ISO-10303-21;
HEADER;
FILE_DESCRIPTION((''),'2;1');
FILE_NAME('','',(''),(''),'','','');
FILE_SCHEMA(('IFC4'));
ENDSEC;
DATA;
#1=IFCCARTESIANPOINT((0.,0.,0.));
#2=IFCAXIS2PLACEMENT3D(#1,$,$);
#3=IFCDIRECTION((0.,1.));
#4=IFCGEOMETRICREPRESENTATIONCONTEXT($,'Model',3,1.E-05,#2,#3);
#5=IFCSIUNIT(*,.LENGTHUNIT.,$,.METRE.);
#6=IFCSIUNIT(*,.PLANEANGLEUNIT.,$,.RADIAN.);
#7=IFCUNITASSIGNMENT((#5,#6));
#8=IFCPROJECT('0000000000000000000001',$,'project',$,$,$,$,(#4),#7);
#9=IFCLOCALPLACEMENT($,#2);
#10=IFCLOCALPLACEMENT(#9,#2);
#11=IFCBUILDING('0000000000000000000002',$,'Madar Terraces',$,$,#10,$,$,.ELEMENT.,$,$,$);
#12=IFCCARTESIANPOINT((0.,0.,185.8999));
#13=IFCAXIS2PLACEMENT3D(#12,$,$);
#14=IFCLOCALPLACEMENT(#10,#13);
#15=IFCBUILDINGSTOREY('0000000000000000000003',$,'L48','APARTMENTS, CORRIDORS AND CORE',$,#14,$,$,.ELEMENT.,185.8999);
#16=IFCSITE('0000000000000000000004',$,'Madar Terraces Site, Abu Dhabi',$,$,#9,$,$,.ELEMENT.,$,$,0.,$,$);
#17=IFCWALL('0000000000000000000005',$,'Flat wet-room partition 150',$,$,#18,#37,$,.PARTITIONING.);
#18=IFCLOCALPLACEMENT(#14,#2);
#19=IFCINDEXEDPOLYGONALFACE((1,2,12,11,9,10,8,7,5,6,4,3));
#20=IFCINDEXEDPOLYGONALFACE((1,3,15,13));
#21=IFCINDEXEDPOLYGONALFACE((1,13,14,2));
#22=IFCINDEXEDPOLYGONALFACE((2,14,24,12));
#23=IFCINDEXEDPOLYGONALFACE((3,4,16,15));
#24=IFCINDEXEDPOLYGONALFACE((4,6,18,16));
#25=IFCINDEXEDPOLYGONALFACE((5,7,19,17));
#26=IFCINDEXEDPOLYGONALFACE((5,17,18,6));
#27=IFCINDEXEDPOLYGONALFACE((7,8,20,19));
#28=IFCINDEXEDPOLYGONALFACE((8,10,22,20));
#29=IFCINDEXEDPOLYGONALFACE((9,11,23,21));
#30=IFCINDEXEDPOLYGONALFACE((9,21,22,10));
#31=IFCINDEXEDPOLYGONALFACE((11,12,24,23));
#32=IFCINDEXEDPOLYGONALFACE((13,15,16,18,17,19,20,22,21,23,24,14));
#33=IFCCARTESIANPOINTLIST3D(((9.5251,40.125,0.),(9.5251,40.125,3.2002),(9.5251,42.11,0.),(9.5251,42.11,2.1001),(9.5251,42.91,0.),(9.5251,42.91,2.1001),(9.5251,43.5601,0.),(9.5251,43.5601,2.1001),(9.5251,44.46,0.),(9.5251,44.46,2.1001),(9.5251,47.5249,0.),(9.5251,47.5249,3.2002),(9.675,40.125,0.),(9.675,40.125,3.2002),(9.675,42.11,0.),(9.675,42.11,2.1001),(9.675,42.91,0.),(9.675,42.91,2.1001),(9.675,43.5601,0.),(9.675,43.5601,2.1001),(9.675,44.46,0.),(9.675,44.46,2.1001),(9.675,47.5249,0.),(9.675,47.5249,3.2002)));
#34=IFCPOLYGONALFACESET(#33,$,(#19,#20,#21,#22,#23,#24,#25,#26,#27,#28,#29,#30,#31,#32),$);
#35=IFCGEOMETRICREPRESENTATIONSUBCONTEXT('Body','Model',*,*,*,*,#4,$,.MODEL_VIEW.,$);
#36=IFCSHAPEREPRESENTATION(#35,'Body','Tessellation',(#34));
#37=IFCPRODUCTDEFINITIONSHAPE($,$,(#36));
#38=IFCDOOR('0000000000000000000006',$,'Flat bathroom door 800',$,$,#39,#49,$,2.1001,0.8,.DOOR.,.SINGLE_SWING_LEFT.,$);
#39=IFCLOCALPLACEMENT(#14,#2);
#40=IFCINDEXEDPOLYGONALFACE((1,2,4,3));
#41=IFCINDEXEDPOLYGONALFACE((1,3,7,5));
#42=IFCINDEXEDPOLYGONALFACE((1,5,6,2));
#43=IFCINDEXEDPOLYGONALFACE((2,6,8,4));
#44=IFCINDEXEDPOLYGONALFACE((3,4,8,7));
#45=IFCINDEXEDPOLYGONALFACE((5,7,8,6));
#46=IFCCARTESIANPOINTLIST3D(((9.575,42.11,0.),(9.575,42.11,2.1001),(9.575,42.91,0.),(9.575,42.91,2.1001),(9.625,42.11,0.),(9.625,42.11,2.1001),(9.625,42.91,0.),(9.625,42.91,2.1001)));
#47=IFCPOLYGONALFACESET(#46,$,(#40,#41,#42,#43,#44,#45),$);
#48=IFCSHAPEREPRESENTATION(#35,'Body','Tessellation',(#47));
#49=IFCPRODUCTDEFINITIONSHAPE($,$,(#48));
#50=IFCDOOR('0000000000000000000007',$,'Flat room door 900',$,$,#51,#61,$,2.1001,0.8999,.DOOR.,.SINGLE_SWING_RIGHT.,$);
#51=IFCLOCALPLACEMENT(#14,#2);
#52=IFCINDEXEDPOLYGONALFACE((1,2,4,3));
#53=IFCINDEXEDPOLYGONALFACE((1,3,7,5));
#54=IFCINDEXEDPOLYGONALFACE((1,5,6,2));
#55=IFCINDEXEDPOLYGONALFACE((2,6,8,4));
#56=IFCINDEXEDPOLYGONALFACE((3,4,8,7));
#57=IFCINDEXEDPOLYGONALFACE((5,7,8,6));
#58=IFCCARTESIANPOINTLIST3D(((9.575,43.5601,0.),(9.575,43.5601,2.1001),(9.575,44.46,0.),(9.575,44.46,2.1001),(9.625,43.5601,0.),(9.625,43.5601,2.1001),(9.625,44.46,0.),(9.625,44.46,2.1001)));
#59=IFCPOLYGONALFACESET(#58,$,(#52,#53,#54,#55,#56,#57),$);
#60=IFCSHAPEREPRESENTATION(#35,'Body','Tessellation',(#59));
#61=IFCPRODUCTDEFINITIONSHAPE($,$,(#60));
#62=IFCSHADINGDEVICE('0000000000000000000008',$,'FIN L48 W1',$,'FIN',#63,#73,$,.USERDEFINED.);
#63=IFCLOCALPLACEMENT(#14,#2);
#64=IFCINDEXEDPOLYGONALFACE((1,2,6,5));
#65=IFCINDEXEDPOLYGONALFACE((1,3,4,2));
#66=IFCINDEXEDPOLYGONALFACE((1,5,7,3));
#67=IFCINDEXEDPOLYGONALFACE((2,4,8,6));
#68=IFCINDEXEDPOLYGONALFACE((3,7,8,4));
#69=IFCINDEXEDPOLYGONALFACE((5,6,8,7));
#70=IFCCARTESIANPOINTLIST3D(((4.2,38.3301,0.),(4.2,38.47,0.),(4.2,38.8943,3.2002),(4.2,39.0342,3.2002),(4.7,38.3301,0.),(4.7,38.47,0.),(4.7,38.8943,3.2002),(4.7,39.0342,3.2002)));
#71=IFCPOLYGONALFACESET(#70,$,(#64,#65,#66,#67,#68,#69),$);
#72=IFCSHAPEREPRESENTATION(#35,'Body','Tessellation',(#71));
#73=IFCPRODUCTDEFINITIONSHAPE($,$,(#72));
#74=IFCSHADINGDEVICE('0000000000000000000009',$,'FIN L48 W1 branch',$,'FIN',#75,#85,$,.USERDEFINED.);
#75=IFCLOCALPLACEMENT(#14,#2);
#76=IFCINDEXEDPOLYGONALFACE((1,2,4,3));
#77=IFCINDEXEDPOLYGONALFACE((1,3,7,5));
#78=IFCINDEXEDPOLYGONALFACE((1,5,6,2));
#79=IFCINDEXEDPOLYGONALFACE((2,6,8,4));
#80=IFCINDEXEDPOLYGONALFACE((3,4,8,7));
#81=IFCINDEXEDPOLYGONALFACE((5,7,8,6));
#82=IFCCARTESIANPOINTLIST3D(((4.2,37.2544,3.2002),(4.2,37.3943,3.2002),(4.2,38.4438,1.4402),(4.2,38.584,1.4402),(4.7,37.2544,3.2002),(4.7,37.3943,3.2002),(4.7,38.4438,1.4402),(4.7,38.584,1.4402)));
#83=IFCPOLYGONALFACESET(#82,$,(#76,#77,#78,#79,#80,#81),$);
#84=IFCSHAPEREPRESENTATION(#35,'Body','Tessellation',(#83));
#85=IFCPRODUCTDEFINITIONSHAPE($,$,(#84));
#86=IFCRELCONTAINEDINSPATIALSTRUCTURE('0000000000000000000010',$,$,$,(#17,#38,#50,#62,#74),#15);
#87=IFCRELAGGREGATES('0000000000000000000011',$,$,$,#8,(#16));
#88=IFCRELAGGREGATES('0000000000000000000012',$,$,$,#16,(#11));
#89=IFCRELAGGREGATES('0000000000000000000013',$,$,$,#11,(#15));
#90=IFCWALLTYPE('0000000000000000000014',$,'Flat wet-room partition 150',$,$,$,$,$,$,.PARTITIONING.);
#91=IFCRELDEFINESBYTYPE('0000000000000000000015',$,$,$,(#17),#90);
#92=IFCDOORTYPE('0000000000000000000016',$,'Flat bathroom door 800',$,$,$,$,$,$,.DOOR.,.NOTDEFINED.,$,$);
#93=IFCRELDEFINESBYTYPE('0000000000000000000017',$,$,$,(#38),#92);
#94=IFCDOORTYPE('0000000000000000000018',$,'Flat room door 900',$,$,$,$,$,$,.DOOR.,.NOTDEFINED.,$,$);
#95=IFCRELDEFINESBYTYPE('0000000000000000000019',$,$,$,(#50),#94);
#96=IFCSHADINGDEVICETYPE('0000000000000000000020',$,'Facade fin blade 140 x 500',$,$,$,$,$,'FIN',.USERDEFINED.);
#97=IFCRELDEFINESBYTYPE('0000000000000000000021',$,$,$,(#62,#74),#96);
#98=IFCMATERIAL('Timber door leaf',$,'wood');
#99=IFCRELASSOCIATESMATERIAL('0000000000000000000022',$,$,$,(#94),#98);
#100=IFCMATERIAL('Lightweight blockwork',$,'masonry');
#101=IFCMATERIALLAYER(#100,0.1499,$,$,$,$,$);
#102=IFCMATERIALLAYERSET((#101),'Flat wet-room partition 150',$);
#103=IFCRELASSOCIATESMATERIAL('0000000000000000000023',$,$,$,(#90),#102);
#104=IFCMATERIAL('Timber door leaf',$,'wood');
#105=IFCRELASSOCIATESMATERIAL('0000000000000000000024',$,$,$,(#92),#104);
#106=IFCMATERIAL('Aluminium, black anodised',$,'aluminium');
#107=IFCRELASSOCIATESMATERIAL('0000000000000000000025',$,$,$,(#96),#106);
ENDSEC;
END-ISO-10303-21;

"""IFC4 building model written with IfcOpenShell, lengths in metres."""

from ifc_helpers import new_model, si_unit, direction, frame, frame_2d, origin, place, context, subcontext, project, spatial, polyline, rectangle, outline, extrude, material, layer, layer_set, type_object, element, fill, save


model = new_model("IFC4")

# Units and contexts
model_context = context("Model", 3, precision=1e-05, world=origin(), true_north=direction((0.0, 1.0)))
body_context = subcontext(model_context, "Body", "Model", "MODEL_VIEW")
ifc_project = project(units=[si_unit("LENGTHUNIT", "METRE"), si_unit("PLANEANGLEUNIT", "RADIAN")], contexts=[model_context])

# Site, building, storey
site_placement = place(None, origin())
site = spatial("IfcSite", under=ifc_project, at=site_placement, Name="Madar Terraces Site, Abu Dhabi", CompositionType="ELEMENT", RefElevation=0.0)
building_placement = place(site_placement, origin())
building = spatial("IfcBuilding", under=site, at=building_placement, Name="Madar Terraces", CompositionType="ELEMENT")
storey_placement = place(building_placement, frame((0.0, 0.0, 185.8999)))
storey = spatial("IfcBuildingStorey", under=building, at=storey_placement, Name="L48", Description="APARTMENTS, CORRIDORS AND CORE", CompositionType="ELEMENT", Elevation=185.8999)

# Shared definitions
ifc_material_1 = material(Name="Timber door leaf", Category="wood")
door_type_1 = type_object("IfcDoorType", Name="Flat room door 900", OperationType="NOTDEFINED", PredefinedType="DOOR", material=ifc_material_1)

# Shared definitions
ifc_material_2 = material(Name="Lightweight blockwork", Category="masonry")
ifc_layer_1 = layer(ifc_material_2, 0.1499)
ifc_layer_set_1 = layer_set([ifc_layer_1], Name="Flat wet-room partition 150")
wall_type_1 = type_object("IfcWallType", Name="Flat wet-room partition 150", PredefinedType="PARTITIONING", material=ifc_layer_set_1)

# Wall, openings, doors
wall_1_placement = place(storey_placement, frame((9.6001, 47.5249, 0.0), z_axis=(0.0, 0.0, 1.0), x_axis=(0.0, -1.0, 0.0)))
wall_1 = element("IfcWall", 1, at=wall_1_placement, inside=storey, type_object=wall_type_1, Name="Flat wet-room partition 150", PredefinedType="PARTITIONING", context=body_context, shape_type="SweptSolid", body=[
    extrude(rectangle(XDim=7.3999, YDim=0.1499, at=frame_2d((3.7, 0.0))), origin(), (0.0, 0.0, 1.0), 3.2002),
])
opening_1_placement = place(wall_1_placement, frame((4.615, 0.0, 0.0)))
opening_1 = element("IfcOpeningElement", 2, at=opening_1_placement, cuts=wall_1, PredefinedType="OPENING", context=body_context, shape_type="SweptSolid", body=[
    extrude(rectangle(XDim=0.8, YDim=2.1001, at=frame_2d((0.3999, 1.05))), frame((0.0, 0.085, 0.0), z_axis=(0.0, -1.0, 0.0), x_axis=(1.0, 0.0, 0.0)), (0.0, 0.0, 1.0), 0.1699),
])
opening_2_placement = place(wall_1_placement, frame((3.0649, 0.0, 0.0)))
opening_2 = element("IfcOpeningElement", 3, at=opening_2_placement, cuts=wall_1, PredefinedType="OPENING", context=body_context, shape_type="SweptSolid", body=[
    extrude(rectangle(XDim=0.8999, YDim=2.1001, at=frame_2d((0.45, 1.05))), frame((0.0, 0.085, 0.0), z_axis=(0.0, -1.0, 0.0), x_axis=(1.0, 0.0, 0.0)), (0.0, 0.0, 1.0), 0.1699),
])
ifc_material_3 = material(Name="Timber door leaf", Category="wood")
door_type_2 = type_object("IfcDoorType", Name="Flat bathroom door 800", OperationType="NOTDEFINED", PredefinedType="DOOR", material=ifc_material_3)
door_1_placement = place(opening_1_placement, origin())
door_1 = element("IfcDoor", 4, at=door_1_placement, inside=storey, type_object=door_type_2, Name="Flat bathroom door 800", OperationType="SINGLE_SWING_LEFT", OverallHeight=2.1001, OverallWidth=0.8, PredefinedType="DOOR", context=body_context, shape_type="SweptSolid", body=[
    extrude(rectangle(XDim=0.8, YDim=2.1001, at=frame_2d((0.3999, 1.05))), frame((0.0, 0.0249, 0.0), z_axis=(0.0, -1.0, 0.0), x_axis=(1.0, 0.0, 0.0)), (0.0, 0.0, 1.0), 0.05),
])
fill(opening_1, door_1)
door_2_placement = place(opening_2_placement, origin())
door_2 = element("IfcDoor", 5, at=door_2_placement, inside=storey, type_object=door_type_1, Name="Flat room door 900", OperationType="SINGLE_SWING_RIGHT", OverallHeight=2.1001, OverallWidth=0.8999, PredefinedType="DOOR", context=body_context, shape_type="SweptSolid", body=[
    extrude(rectangle(XDim=0.8999, YDim=2.1001, at=frame_2d((0.45, 1.05))), frame((0.0, 0.0249, 0.0), z_axis=(0.0, -1.0, 0.0), x_axis=(1.0, 0.0, 0.0)), (0.0, 0.0, 1.0), 0.05),
])
fill(opening_2, door_2)

# Shading devices
ifc_material_4 = material(Name="Aluminium, black anodised", Category="aluminium")
shading_device_type = type_object("IfcShadingDeviceType", Name="Facade fin blade 140 x 500", ElementType="FIN", PredefinedType="USERDEFINED", material=ifc_material_4)
shading_device_1_placement = place(storey_placement, frame((4.45, 38.47, 0.0), z_axis=(0.0, 0.0, 1.0), x_axis=(0.0, -1.0, 0.0)))
element("IfcShadingDevice", 6, at=shading_device_1_placement, inside=storey, type_object=shading_device_type, Name="FIN L48 W1", ObjectType="FIN", PredefinedType="USERDEFINED", context=body_context, shape_type="SweptSolid", body=[
    extrude(outline(polyline([(0.0, 0.0), (0.1399, 0.0), (-0.4243, 3.2002), (-0.5642, 3.2002), (0.0, 0.0)])), frame((0.0, 0.25, 0.0), z_axis=(0.0, -1.0, 0.0), x_axis=(1.0, 0.0, 0.0)), (0.0, 0.0, 1.0), 0.5),
])
shading_device_2_placement = place(storey_placement, frame((4.45, 38.584, 1.4402), z_axis=(0.0, 0.0, 1.0), x_axis=(0.0, -1.0, 0.0)))
element("IfcShadingDevice", 7, at=shading_device_2_placement, inside=storey, type_object=shading_device_type, Name="FIN L48 W1 branch", ObjectType="FIN", PredefinedType="USERDEFINED", context=body_context, shape_type="SweptSolid", body=[
    extrude(outline(polyline([(0.0, 0.0), (0.1401, 0.0), (1.3296, 1.76), (1.1897, 1.76), (0.0, 0.0)])), frame((0.0, 0.25, 0.0), z_axis=(0.0, -1.0, 0.0), x_axis=(1.0, 0.0, 0.0)), (0.0, 0.0, 1.0), 0.5),
])

save(model, "model.ifc")
